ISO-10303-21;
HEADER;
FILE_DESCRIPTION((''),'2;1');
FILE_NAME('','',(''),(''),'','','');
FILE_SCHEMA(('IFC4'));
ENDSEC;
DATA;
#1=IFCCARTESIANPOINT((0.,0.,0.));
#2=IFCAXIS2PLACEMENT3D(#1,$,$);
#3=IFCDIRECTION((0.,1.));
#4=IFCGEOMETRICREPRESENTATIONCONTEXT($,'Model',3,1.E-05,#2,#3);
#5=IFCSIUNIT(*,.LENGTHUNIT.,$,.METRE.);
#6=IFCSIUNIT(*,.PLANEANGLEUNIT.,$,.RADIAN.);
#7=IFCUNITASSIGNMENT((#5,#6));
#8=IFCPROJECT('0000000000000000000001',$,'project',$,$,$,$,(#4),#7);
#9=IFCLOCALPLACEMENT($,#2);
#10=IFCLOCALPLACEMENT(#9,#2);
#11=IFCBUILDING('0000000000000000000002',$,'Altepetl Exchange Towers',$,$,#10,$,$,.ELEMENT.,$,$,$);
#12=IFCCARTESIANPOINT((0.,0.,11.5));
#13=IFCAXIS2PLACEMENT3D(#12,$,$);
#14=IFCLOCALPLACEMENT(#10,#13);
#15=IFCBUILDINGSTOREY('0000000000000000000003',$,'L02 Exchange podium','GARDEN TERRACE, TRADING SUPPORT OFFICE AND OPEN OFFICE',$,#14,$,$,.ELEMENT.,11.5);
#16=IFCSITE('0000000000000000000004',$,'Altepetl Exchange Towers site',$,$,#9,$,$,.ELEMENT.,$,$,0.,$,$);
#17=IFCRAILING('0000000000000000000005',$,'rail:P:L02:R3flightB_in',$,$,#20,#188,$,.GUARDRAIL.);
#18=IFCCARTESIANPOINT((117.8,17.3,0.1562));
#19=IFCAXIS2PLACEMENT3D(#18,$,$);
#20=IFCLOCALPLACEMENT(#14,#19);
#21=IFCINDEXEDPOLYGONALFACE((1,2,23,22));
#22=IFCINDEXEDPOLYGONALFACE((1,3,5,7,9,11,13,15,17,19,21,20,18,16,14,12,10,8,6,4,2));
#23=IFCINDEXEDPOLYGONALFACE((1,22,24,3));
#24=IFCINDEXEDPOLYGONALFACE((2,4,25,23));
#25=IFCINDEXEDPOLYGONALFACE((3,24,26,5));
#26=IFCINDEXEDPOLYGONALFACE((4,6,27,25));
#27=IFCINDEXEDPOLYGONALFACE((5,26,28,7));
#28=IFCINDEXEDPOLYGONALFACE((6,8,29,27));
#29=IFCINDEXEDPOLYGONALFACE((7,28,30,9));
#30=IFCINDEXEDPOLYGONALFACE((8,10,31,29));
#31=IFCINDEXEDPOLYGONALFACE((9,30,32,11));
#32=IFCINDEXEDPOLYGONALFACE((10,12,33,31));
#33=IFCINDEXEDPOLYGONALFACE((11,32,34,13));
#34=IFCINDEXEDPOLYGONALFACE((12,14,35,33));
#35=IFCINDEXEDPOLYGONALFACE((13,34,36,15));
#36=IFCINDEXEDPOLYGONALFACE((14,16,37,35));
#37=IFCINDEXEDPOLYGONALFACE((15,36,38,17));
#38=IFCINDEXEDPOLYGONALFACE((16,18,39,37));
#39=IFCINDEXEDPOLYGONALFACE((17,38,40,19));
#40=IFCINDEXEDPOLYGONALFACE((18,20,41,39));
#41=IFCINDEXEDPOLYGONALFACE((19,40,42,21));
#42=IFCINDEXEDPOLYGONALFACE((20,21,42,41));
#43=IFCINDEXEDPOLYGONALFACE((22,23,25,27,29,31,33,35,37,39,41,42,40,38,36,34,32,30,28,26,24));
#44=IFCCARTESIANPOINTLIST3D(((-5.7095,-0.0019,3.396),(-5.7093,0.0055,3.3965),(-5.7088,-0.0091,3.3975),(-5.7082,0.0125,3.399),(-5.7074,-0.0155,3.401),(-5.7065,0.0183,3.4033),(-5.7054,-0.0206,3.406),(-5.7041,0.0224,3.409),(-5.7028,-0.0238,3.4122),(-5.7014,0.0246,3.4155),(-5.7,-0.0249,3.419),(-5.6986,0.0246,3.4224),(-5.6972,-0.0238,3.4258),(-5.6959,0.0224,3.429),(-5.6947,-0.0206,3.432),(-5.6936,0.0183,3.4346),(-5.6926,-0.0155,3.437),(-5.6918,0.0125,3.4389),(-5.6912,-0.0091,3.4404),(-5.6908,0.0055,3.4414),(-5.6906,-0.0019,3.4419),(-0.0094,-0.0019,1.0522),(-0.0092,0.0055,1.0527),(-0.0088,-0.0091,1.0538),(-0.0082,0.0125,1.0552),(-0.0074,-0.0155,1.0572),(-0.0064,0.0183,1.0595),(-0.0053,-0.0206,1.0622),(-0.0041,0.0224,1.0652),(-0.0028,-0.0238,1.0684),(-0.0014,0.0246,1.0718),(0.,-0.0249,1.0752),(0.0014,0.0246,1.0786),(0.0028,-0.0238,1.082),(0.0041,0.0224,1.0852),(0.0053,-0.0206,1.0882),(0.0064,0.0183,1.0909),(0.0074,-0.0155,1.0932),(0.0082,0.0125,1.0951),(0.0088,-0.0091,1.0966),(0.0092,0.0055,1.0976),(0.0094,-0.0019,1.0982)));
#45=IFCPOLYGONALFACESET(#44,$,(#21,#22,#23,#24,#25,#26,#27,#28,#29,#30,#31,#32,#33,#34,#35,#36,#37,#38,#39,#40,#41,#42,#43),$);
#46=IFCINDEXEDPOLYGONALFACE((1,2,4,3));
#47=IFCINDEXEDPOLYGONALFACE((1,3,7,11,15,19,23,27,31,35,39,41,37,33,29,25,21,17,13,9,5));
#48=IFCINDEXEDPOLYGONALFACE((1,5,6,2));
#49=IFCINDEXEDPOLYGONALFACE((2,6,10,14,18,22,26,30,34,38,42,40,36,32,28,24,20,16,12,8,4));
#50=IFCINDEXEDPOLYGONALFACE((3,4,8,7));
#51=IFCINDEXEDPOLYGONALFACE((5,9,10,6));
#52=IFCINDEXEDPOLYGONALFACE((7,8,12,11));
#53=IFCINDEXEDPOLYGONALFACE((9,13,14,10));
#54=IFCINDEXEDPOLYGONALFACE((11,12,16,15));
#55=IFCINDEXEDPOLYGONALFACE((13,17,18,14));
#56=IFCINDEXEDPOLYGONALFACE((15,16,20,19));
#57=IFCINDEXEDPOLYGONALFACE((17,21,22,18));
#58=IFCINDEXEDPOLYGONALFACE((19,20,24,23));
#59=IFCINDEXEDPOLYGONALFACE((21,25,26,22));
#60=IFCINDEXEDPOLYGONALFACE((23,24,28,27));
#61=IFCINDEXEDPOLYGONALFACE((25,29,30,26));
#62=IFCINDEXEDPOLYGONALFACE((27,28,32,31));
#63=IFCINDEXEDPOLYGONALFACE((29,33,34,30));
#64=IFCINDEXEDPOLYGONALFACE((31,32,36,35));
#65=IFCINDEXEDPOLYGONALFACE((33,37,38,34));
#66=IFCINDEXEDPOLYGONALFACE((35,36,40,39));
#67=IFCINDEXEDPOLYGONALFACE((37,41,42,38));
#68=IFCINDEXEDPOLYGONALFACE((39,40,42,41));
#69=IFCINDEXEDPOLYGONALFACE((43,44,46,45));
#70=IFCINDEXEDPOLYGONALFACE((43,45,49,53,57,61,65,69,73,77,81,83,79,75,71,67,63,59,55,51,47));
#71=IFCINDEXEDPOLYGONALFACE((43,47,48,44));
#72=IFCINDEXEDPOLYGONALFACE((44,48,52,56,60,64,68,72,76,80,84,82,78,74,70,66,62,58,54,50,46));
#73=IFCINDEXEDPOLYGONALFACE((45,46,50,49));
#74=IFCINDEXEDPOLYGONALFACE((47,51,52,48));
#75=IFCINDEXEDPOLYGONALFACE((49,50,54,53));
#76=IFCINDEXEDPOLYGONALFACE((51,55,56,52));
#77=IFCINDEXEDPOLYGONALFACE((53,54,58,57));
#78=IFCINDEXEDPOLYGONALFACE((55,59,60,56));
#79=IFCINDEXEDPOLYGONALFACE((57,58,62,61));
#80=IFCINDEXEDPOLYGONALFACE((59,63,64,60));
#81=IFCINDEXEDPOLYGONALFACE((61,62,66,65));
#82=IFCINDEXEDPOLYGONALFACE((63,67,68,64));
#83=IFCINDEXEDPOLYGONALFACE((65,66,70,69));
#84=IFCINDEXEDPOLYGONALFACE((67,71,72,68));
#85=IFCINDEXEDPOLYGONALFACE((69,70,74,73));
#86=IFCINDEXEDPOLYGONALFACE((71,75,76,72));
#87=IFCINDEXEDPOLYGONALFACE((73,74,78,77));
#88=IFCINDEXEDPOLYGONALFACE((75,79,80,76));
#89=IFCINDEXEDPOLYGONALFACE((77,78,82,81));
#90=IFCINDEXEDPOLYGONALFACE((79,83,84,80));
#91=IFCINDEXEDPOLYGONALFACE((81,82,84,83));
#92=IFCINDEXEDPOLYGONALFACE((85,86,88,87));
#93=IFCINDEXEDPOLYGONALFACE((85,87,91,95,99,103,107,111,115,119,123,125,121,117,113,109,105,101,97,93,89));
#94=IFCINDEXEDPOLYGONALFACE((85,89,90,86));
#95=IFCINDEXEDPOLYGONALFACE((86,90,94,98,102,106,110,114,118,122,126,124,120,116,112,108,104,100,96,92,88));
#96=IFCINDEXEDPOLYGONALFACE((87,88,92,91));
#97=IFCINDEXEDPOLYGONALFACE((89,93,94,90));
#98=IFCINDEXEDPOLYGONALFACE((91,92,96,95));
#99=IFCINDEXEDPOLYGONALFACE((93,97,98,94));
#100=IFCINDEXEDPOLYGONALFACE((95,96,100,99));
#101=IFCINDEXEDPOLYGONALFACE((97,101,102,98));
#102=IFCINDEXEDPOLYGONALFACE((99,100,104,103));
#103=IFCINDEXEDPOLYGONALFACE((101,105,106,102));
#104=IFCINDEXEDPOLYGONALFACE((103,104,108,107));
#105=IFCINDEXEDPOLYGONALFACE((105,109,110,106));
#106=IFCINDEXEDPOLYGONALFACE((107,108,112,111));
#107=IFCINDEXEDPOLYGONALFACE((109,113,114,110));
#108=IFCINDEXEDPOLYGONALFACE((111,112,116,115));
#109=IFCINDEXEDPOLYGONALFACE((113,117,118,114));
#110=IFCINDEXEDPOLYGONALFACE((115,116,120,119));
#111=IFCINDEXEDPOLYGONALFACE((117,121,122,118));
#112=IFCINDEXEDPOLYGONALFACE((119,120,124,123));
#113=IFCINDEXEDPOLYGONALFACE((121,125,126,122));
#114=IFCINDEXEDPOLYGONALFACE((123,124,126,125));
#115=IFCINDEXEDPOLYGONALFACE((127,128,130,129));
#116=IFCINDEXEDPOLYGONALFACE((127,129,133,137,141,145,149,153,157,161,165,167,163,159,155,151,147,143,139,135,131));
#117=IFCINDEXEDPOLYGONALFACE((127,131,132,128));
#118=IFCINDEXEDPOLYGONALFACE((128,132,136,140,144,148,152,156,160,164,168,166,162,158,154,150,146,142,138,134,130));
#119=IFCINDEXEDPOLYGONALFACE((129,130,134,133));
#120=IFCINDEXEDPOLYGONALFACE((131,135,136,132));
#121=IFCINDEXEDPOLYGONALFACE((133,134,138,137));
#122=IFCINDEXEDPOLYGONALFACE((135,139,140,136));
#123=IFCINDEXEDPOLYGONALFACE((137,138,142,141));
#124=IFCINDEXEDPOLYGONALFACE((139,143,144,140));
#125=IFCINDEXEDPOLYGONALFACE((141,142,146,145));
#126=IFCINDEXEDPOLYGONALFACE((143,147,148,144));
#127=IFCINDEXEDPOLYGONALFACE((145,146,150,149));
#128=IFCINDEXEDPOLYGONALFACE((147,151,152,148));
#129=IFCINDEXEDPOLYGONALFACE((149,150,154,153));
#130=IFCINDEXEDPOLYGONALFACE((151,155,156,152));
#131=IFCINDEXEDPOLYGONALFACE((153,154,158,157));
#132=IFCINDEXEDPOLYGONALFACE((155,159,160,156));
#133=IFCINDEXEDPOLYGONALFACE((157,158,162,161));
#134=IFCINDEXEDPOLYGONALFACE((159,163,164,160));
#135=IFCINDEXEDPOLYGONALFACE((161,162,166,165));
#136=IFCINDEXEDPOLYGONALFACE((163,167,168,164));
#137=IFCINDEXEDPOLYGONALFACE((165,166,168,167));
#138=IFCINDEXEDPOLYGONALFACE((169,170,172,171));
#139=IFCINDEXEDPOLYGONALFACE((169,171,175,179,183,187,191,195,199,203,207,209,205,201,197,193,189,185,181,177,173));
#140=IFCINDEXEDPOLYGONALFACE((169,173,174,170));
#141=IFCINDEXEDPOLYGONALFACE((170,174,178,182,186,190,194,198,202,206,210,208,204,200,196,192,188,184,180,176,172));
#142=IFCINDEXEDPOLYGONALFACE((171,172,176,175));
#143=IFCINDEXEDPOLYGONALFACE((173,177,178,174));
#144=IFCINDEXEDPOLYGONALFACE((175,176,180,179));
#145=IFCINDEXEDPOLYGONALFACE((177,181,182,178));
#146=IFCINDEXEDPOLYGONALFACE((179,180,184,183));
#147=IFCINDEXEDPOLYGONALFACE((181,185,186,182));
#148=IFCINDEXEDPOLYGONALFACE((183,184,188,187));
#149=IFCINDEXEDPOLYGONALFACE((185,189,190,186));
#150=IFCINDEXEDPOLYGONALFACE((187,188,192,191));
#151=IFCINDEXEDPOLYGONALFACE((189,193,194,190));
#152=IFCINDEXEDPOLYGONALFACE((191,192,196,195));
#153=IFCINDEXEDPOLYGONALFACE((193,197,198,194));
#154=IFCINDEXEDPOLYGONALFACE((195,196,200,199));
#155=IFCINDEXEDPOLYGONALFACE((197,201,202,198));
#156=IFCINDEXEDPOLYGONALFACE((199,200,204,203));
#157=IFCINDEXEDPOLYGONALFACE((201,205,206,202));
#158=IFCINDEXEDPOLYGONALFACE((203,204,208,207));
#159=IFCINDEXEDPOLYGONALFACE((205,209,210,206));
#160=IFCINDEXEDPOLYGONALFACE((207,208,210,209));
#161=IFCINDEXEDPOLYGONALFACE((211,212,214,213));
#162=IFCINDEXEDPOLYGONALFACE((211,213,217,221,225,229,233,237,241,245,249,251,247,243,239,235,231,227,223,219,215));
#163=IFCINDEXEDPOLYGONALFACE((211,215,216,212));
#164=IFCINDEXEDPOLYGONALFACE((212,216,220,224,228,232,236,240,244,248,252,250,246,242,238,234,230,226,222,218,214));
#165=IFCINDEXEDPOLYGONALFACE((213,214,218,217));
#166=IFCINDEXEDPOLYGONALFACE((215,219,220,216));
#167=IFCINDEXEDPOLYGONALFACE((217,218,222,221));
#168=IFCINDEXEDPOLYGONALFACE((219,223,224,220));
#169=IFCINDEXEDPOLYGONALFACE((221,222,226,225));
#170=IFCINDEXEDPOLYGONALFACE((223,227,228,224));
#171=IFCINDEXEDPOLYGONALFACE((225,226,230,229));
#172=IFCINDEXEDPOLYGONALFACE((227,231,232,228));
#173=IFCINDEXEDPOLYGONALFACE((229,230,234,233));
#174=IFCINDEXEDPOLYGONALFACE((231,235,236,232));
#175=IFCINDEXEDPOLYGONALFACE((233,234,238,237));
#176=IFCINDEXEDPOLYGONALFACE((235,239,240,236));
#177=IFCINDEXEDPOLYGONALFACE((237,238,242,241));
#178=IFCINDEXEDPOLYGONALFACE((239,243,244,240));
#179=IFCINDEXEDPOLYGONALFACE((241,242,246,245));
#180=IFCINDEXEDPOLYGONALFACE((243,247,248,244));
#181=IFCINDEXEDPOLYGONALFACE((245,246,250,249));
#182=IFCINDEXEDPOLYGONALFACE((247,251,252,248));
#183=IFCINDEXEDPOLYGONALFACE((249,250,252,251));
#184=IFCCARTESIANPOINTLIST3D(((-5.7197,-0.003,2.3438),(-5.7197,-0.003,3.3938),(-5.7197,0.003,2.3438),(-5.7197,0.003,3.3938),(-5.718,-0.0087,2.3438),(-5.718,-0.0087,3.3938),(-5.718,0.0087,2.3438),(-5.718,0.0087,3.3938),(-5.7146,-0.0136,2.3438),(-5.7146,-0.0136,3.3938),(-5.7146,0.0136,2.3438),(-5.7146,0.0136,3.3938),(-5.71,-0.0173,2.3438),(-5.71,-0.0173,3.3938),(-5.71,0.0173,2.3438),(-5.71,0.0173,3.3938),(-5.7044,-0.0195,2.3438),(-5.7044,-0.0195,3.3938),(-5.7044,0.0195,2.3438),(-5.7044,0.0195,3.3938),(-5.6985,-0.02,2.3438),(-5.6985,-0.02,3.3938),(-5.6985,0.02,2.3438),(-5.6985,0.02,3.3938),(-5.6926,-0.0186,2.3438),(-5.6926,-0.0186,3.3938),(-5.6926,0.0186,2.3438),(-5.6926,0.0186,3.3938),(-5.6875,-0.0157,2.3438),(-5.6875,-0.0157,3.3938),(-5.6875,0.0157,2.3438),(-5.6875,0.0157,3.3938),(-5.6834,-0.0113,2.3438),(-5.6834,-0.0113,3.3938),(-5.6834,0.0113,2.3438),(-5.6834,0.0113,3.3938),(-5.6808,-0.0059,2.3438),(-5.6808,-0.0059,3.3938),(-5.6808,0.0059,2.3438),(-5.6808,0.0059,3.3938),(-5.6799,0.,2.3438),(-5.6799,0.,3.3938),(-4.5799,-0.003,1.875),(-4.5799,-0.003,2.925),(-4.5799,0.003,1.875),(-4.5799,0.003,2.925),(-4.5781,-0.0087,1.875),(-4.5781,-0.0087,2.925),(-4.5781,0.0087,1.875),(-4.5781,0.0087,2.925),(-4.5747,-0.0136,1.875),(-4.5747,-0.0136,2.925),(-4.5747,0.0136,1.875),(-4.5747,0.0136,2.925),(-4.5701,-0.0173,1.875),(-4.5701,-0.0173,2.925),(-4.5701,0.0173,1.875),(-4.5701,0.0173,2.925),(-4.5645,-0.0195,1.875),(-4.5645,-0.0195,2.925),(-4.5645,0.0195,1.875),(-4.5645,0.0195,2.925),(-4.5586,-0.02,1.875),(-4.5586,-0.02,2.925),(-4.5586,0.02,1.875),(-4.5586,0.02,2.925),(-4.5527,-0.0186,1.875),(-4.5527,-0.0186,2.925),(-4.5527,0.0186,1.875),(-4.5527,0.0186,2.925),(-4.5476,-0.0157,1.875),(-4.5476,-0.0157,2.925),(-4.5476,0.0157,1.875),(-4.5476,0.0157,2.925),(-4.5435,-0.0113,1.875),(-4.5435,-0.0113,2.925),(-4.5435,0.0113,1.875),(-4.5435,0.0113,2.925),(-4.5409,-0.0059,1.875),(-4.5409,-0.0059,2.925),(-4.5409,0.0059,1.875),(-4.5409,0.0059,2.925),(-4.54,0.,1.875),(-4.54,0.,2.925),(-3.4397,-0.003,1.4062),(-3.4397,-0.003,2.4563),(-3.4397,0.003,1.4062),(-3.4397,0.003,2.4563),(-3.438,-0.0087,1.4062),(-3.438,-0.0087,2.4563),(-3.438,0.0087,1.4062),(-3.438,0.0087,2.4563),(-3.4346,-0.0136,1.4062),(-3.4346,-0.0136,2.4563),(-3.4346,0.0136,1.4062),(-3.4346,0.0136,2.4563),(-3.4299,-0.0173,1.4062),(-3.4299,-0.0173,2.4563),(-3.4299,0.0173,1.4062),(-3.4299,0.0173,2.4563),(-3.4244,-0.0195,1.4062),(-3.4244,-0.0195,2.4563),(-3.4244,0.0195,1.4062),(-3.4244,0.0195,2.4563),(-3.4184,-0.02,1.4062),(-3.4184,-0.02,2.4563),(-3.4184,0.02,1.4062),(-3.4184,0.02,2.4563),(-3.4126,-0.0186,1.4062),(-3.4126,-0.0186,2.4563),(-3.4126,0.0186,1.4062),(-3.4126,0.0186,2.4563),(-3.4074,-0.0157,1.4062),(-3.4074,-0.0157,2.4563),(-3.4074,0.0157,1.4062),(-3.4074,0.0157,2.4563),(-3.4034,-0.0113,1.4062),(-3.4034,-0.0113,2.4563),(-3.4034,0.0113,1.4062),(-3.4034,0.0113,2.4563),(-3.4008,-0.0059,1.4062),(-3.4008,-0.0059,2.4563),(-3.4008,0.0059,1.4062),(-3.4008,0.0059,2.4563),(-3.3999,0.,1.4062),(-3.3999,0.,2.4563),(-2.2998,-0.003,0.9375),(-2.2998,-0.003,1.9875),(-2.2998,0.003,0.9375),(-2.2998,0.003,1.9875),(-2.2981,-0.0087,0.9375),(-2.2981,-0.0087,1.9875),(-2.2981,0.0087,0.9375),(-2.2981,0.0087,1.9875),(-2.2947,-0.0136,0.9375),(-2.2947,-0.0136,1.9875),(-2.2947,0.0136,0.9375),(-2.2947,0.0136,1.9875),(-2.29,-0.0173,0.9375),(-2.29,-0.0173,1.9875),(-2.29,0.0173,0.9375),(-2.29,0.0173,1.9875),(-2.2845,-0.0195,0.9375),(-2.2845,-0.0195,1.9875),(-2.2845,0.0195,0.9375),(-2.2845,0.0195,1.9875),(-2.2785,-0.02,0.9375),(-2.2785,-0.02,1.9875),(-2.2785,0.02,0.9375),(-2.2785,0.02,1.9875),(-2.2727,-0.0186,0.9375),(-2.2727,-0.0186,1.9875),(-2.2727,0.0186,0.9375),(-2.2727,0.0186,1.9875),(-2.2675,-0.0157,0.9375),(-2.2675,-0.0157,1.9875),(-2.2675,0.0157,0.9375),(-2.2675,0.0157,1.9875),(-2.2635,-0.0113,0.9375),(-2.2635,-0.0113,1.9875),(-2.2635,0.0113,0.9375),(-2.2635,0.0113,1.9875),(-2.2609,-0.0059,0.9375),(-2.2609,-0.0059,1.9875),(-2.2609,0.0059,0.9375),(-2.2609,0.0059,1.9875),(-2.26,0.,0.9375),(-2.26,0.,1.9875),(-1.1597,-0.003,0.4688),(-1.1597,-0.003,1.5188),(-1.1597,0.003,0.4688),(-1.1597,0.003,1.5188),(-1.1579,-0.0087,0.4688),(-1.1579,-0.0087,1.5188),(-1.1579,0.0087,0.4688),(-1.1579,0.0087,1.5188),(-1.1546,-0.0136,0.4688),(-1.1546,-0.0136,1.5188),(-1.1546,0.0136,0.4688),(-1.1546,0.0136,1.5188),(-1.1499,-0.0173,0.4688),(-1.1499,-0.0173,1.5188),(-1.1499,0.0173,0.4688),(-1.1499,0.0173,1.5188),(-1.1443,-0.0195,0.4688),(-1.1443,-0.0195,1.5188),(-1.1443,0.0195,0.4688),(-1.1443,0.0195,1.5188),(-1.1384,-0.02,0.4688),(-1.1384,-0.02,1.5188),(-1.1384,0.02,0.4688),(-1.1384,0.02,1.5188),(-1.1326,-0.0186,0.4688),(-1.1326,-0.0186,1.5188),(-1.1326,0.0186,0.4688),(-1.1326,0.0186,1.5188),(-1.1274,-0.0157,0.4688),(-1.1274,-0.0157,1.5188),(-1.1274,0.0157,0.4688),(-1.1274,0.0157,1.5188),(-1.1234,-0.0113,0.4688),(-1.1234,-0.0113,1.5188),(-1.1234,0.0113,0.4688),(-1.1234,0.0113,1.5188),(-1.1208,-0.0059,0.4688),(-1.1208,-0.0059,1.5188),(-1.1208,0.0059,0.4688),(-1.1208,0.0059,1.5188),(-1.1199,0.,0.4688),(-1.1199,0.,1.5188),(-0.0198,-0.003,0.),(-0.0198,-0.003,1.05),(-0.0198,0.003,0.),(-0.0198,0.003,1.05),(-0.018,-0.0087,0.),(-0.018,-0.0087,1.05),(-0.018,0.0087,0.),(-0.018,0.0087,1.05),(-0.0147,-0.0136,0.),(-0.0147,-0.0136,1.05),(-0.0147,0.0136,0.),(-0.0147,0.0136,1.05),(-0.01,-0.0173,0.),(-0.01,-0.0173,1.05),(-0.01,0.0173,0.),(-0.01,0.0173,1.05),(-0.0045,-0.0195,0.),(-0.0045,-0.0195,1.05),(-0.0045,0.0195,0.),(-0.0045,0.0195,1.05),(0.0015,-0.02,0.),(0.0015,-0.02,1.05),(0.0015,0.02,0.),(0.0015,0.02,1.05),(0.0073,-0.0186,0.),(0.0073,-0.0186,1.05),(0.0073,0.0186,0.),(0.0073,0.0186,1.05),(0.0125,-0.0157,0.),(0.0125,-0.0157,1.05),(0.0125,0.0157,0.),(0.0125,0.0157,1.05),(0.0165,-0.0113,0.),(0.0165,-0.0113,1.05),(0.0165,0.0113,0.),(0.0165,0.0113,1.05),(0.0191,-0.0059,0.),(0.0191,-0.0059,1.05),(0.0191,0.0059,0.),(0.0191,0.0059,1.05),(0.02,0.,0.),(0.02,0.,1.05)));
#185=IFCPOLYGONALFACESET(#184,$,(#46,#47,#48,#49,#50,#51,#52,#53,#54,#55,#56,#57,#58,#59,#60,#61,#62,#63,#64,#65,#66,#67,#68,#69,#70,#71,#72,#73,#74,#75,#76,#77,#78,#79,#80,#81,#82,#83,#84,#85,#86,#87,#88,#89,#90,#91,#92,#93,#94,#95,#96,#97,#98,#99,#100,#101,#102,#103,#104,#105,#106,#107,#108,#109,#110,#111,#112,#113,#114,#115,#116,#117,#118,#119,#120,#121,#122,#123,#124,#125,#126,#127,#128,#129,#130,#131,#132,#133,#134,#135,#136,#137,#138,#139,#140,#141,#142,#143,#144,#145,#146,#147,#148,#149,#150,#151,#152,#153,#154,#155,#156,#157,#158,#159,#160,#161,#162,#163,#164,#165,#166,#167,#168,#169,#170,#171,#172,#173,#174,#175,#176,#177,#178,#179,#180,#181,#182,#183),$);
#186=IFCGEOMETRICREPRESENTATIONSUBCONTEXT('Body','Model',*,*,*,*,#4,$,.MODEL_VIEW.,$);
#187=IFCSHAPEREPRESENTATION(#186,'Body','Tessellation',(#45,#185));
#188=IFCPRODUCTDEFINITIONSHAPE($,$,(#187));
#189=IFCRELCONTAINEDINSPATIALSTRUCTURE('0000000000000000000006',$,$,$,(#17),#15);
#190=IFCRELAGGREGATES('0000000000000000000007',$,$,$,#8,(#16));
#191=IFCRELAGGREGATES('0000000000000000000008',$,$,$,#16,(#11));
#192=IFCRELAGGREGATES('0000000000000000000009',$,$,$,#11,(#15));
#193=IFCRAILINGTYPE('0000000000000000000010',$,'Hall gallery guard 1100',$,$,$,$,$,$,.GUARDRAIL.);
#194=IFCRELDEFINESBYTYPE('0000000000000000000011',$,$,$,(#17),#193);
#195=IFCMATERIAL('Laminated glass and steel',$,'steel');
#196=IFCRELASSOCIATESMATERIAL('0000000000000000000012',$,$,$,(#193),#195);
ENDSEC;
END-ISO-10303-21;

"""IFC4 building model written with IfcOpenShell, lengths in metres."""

from ifc_helpers import new_model, si_unit, direction, frame, origin, origin_2d, place, context, subcontext, project, spatial, circle, extrude, source, transform, mapped, material, type_object, element, save


model = new_model("IFC4")

# Units and contexts
model_context = context("Model", 3, precision=1e-05, world=origin(), true_north=direction((0.0, 1.0)))
body_context = subcontext(model_context, "Body", "Model", "MODEL_VIEW")
ifc_project = project(units=[si_unit("LENGTHUNIT", "METRE"), si_unit("PLANEANGLEUNIT", "RADIAN")], contexts=[model_context])

# Site, building, storey
site_placement = place(None, origin())
site = spatial("IfcSite", under=ifc_project, at=site_placement, Name="Altepetl Exchange Towers site", CompositionType="ELEMENT", RefElevation=0.0)
building_placement = place(site_placement, origin())
building = spatial("IfcBuilding", under=site, at=building_placement, Name="Altepetl Exchange Towers", CompositionType="ELEMENT")
storey_placement = place(building_placement, frame((0.0, 0.0, 11.5)))
storey = spatial("IfcBuildingStorey", under=building, at=storey_placement, Name="L02 Exchange podium", Description="GARDEN TERRACE, TRADING SUPPORT OFFICE AND OPEN OFFICE", CompositionType="ELEMENT", Elevation=11.5)

# Railing
ifc_material_1 = material(Name="Laminated glass and steel", Category="steel")
railing_type_1 = type_object("IfcRailingType", Name="Hall gallery guard 1100", PredefinedType="GUARDRAIL", material=ifc_material_1)
shared_shape_1 = source(origin(), body_context, "Body", "SweptSolid", [
    extrude(circle(Radius=0.02, at=origin_2d()), origin(), (0.0, 0.0, 1.0), 1.05),
])
for number, where, name in (
    (1, (117.8, 17.3, 0.1562), "rail:P:L02:R3flightB_in"),
):
    element("IfcRailing", number, at=place(storey_placement, frame(where)), inside=storey, type_object=railing_type_1, Name=name, PredefinedType="GUARDRAIL", context=body_context, shape_type="SweptSolid", body=[
        extrude(circle(Radius=0.0249, at=origin_2d()), frame((0.0, 0.0, 1.0752), z_axis=(-0.924866, 0.0, 0.380293), x_axis=(0.0, -1.0, 0.0)), (0.0, 0.0, 1.0), 6.1631),
        mapped(shared_shape_1, transform((0.0, 0.0, 0.0))),
        mapped(shared_shape_1, transform((-1.1399, 0.0, 0.4688))),
        mapped(shared_shape_1, transform((-2.28, 0.0, 0.9375))),
        mapped(shared_shape_1, transform((-3.4199, 0.0, 1.4062))),
        mapped(shared_shape_1, transform((-4.5601, 0.0, 1.875))),
        mapped(shared_shape_1, transform((-5.7, 0.0, 2.3438))),
    ])

save(model, "model.ifc")
